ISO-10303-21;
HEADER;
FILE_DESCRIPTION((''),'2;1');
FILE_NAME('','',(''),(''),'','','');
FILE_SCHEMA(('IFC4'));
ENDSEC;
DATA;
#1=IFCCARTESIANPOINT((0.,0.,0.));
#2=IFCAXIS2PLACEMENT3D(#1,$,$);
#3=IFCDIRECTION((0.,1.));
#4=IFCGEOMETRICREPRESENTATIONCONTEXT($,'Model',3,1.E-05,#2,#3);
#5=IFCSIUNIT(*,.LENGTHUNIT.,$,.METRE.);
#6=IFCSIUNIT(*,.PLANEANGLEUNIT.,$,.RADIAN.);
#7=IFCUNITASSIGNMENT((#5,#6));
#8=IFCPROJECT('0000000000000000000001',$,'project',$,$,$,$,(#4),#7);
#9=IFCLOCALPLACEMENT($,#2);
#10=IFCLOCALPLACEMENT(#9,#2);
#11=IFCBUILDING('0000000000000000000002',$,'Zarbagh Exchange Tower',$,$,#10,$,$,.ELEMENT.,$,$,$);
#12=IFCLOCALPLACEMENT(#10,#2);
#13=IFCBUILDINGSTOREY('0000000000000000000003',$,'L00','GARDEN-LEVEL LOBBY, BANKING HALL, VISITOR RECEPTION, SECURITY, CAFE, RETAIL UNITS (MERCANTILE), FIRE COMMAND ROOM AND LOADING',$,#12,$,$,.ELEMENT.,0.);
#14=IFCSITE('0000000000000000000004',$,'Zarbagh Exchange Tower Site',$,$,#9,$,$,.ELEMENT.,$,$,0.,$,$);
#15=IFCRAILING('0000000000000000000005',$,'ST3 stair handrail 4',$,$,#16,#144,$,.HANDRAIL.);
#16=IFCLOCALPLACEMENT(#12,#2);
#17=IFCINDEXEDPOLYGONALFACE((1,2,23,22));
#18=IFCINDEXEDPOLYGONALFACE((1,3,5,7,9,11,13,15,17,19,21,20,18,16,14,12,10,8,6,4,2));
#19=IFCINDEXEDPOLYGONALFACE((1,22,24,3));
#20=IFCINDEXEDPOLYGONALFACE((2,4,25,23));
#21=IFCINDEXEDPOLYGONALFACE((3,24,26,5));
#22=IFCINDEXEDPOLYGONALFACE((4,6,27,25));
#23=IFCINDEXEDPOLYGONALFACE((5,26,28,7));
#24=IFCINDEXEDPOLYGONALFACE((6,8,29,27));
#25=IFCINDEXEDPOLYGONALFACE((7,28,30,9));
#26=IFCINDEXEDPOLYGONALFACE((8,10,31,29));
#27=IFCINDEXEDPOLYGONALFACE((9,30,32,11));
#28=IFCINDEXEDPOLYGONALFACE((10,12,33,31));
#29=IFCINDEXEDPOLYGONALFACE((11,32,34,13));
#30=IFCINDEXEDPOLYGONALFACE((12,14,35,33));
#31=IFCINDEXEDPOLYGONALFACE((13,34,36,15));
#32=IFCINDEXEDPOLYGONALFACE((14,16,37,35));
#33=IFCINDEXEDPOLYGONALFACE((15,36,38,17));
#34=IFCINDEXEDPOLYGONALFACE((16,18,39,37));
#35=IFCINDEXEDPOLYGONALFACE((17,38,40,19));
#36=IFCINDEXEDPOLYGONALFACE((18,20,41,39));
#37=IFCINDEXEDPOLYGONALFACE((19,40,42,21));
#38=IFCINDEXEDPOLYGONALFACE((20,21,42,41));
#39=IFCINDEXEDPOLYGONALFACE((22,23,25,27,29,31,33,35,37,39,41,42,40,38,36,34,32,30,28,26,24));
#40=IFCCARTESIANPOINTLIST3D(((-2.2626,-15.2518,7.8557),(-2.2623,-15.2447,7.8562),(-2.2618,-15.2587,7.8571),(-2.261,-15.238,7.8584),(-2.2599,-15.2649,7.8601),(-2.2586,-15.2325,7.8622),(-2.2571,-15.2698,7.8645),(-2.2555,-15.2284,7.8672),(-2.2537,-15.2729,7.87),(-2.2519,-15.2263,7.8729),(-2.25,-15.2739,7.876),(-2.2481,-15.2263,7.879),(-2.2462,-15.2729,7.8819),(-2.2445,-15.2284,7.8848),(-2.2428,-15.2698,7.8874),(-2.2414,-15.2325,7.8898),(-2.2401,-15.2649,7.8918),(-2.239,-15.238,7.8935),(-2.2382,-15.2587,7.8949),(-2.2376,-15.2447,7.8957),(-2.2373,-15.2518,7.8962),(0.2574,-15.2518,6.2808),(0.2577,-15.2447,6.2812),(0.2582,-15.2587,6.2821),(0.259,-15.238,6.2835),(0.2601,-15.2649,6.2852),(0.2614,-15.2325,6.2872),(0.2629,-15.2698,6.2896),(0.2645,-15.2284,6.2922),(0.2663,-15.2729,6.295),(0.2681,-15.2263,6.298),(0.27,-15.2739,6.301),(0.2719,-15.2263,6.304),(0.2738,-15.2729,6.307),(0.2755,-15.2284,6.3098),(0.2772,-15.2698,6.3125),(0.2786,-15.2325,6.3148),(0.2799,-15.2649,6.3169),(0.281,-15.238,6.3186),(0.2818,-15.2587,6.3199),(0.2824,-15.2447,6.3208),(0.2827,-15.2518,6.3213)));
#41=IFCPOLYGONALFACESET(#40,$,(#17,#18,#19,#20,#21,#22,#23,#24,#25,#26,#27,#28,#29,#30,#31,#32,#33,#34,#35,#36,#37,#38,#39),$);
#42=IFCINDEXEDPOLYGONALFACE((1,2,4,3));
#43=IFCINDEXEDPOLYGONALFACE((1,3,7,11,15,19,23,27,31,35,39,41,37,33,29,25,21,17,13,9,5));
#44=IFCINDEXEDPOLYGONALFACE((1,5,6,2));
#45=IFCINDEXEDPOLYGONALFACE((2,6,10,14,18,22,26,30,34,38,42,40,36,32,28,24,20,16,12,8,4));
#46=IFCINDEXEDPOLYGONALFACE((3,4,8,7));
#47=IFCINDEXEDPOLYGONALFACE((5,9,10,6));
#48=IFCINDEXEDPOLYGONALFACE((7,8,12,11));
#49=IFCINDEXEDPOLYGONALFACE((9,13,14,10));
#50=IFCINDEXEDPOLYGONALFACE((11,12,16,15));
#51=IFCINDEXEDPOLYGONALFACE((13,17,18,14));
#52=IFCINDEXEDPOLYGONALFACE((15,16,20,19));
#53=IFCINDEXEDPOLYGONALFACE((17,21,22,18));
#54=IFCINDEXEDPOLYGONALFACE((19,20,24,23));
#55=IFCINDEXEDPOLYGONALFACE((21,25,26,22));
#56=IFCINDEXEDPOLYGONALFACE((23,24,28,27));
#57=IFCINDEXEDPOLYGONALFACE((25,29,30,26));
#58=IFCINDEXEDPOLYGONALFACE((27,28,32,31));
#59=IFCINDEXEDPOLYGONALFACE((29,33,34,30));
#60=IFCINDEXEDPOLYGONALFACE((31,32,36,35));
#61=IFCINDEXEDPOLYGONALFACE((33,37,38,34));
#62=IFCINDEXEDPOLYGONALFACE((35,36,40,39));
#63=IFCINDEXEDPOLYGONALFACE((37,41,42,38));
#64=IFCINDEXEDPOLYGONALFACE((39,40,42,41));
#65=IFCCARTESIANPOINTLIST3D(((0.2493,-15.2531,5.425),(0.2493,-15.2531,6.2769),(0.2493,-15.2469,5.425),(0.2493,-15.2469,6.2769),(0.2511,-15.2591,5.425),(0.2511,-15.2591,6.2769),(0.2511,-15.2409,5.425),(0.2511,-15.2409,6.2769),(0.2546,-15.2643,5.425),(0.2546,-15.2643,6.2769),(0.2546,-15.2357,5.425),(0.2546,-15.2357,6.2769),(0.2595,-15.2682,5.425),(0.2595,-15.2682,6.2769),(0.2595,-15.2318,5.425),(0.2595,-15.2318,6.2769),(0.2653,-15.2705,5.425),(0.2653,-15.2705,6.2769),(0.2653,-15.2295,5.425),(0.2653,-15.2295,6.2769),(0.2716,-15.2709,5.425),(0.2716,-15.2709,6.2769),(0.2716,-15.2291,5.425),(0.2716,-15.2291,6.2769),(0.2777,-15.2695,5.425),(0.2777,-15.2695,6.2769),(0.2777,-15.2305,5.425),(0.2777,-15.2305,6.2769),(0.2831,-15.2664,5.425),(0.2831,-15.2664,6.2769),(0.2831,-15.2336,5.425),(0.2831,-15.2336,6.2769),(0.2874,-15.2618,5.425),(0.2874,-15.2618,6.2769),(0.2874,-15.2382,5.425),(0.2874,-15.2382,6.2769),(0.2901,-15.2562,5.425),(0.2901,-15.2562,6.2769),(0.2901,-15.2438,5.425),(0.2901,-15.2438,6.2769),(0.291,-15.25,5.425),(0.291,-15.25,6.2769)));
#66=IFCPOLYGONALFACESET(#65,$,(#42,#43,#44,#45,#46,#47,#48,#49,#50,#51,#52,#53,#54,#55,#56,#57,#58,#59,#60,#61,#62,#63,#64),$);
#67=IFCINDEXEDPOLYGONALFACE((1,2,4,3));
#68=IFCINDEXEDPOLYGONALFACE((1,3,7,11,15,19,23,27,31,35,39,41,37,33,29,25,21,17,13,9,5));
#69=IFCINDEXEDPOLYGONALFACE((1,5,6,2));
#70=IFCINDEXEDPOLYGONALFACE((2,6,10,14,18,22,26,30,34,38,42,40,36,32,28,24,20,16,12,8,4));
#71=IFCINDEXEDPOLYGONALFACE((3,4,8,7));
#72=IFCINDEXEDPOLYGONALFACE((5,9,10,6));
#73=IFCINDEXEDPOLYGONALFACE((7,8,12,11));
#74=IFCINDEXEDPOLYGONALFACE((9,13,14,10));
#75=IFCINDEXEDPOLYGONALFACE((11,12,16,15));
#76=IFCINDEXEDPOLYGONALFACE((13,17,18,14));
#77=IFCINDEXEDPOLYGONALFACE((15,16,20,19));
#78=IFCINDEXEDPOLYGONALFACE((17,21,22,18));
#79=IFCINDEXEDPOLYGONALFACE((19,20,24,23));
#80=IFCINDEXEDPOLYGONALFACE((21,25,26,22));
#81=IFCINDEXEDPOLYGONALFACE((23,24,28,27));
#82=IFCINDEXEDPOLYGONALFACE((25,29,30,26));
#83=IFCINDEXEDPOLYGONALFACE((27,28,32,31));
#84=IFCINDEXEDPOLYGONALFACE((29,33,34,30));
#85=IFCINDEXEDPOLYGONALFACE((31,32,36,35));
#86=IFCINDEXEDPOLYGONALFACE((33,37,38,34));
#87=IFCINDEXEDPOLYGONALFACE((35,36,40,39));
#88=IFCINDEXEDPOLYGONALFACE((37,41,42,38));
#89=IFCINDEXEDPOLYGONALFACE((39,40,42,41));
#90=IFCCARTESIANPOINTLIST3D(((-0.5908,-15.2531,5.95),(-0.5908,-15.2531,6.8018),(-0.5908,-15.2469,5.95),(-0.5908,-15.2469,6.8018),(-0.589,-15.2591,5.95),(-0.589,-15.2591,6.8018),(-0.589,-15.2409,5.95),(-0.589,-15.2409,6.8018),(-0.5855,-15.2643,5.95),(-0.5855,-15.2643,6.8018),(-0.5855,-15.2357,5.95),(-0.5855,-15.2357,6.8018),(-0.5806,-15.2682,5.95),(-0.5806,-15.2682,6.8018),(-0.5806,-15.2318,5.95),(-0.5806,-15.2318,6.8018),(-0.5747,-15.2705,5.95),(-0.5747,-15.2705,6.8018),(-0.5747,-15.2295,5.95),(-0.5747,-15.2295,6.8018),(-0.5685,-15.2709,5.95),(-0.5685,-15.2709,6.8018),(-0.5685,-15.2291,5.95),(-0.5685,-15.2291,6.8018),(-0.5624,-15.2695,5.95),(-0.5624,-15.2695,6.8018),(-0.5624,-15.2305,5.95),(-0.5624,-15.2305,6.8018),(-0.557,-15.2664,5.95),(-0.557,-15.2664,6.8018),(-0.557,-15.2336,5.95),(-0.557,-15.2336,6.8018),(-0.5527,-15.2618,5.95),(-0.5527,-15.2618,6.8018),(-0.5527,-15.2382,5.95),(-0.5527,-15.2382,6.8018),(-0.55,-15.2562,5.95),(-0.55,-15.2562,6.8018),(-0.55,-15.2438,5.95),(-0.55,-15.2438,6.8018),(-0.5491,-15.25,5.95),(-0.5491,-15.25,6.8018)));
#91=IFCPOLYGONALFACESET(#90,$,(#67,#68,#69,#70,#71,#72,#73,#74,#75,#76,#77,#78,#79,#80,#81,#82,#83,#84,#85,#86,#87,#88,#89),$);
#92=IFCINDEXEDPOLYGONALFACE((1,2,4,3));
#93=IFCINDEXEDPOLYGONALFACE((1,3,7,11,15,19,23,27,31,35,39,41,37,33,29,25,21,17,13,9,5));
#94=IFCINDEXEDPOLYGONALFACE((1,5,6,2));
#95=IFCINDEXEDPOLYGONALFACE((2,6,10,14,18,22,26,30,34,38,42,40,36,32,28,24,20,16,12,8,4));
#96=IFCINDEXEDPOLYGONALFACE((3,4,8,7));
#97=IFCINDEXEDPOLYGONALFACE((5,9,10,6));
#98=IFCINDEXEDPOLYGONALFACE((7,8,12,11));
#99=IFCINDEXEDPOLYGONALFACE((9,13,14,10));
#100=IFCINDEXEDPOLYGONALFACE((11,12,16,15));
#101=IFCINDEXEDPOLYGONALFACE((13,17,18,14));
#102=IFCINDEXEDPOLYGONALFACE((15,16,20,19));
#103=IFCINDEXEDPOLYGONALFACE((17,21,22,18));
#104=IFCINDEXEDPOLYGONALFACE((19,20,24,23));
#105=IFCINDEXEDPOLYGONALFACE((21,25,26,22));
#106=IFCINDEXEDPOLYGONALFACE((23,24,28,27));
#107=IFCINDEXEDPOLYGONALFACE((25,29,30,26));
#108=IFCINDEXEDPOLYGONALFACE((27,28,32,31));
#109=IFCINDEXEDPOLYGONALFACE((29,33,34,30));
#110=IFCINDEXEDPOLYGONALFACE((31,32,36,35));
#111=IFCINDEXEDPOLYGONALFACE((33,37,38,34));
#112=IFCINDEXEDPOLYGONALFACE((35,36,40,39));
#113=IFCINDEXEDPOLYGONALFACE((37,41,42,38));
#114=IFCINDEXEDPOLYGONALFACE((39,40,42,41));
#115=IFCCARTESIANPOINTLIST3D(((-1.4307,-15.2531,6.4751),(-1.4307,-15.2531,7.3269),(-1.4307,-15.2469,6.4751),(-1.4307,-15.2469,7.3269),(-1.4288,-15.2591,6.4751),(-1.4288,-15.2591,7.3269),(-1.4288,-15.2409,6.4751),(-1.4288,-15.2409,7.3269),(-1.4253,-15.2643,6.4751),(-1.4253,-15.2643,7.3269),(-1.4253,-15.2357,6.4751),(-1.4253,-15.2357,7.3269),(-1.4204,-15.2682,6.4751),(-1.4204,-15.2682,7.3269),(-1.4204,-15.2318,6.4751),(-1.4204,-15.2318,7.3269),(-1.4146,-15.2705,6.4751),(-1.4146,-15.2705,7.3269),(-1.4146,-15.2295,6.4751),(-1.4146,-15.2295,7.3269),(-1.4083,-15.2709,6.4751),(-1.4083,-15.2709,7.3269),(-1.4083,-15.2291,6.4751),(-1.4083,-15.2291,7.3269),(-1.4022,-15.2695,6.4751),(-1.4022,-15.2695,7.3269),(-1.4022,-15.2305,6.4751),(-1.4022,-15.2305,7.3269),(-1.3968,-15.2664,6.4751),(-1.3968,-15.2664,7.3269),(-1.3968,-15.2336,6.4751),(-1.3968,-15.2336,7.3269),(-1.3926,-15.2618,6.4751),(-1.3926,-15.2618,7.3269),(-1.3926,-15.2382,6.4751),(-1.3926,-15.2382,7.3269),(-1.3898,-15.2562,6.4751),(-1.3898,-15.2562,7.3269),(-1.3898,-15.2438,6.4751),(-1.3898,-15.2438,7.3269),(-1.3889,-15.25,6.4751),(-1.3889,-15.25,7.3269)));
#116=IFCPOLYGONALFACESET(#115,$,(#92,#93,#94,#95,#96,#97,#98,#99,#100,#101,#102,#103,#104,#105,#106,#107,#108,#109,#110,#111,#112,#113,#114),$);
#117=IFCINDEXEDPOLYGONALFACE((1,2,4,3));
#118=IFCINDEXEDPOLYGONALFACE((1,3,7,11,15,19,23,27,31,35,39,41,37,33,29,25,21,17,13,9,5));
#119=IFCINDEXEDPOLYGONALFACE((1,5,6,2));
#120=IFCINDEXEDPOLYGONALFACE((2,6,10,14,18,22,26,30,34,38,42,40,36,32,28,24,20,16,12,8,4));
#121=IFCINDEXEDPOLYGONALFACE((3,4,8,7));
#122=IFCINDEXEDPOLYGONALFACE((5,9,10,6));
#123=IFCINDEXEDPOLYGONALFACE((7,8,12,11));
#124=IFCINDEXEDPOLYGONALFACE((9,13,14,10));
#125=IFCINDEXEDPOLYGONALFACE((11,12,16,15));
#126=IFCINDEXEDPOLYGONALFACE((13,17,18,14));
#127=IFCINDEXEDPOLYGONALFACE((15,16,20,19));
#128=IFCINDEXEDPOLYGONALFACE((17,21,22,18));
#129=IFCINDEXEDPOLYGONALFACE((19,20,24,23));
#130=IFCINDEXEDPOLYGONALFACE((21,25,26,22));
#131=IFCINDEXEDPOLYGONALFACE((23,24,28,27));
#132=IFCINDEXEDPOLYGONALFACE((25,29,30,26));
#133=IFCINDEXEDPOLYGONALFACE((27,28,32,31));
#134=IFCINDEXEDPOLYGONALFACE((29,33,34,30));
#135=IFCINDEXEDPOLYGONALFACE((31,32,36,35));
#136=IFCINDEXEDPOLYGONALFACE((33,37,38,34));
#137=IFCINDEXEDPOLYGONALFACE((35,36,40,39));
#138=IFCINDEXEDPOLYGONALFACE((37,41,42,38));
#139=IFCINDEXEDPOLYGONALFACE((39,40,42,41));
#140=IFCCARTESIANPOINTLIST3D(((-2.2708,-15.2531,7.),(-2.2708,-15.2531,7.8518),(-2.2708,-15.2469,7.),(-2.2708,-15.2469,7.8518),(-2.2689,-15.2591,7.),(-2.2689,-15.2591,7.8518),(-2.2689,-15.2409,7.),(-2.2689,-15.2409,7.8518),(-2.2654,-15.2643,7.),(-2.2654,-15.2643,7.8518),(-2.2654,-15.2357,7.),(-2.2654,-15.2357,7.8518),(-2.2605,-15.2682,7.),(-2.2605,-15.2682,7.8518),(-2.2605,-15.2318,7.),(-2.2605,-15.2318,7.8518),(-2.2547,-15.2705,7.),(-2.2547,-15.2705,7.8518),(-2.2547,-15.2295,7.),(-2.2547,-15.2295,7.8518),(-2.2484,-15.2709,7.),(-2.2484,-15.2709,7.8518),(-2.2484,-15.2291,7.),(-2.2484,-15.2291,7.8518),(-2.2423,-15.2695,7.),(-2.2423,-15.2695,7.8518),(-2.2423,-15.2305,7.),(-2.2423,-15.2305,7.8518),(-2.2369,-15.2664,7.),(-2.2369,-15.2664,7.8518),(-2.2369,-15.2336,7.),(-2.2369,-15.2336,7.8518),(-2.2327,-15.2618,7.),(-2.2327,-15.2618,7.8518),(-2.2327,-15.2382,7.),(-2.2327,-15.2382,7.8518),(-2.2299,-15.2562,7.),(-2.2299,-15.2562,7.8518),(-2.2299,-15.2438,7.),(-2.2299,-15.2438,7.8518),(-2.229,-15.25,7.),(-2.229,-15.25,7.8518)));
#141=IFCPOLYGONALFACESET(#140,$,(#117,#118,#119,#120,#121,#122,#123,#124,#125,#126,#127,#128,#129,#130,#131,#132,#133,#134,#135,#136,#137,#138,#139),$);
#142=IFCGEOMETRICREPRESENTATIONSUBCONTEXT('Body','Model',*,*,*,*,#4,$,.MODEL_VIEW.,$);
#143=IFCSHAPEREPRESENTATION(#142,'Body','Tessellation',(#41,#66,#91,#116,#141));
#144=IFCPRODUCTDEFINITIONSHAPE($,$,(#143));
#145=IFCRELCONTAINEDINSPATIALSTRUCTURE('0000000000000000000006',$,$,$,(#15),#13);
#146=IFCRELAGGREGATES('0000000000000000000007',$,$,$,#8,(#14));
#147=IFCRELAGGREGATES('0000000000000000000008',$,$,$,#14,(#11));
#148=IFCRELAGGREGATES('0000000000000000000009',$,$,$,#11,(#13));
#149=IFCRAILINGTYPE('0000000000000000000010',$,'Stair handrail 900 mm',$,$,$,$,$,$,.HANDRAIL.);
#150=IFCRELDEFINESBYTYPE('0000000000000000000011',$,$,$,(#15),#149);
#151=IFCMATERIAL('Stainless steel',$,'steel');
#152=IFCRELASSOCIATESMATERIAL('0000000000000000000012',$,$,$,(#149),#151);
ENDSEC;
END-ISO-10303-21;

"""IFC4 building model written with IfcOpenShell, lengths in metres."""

from ifc_helpers import new_model, si_unit, direction, frame, origin, origin_2d, place, context, subcontext, project, spatial, circle, extrude, material, type_object, element, save


model = new_model("IFC4")

# Units and contexts
model_context = context("Model", 3, precision=1e-05, world=origin(), true_north=direction((0.0, 1.0)))
body_context = subcontext(model_context, "Body", "Model", "MODEL_VIEW")
ifc_project = project(units=[si_unit("LENGTHUNIT", "METRE"), si_unit("PLANEANGLEUNIT", "RADIAN")], contexts=[model_context])

# Site, building, storey
site_placement = place(None, origin())
site = spatial("IfcSite", under=ifc_project, at=site_placement, Name="Zarbagh Exchange Tower Site", CompositionType="ELEMENT", RefElevation=0.0)
building_placement = place(site_placement, origin())
building = spatial("IfcBuilding", under=site, at=building_placement, Name="Zarbagh Exchange Tower", CompositionType="ELEMENT")
storey_placement = place(building_placement, origin())
storey = spatial("IfcBuildingStorey", under=building, at=storey_placement, Name="L00", Description="GARDEN-LEVEL LOBBY, BANKING HALL, VISITOR RECEPTION, SECURITY, CAFE, RETAIL UNITS (MERCANTILE), FIRE COMMAND ROOM AND LOADING", CompositionType="ELEMENT", Elevation=0.0)

# Railing
ifc_material_1 = material(Name="Stainless steel", Category="steel")
railing_type_1 = type_object("IfcRailingType", Name="Stair handrail 900 mm", PredefinedType="HANDRAIL", material=ifc_material_1)
for number, where, name in (
    (1, (0.27, -15.25, 5.425), "ST3 stair handrail 4"),
):
    element("IfcRailing", number, at=place(storey_placement, frame(where)), inside=storey, type_object=railing_type_1, Name=name, PredefinedType="HANDRAIL", context=body_context, shape_type="SweptSolid", body=[
        extrude(circle(Radius=0.0239, at=origin_2d()), frame((0.0, 0.0, 0.876), z_axis=(-0.848008, 0.0, 0.529984), x_axis=(0.0, -1.0, 0.0)), (0.0, 0.0, 1.0), 2.9717),
        extrude(circle(Radius=0.021, at=origin_2d()), origin(), (0.0, 0.0, 1.0), 0.8518),
        extrude(circle(Radius=0.021, at=origin_2d()), frame((-0.8401, 0.0, 0.5249)), (0.0, 0.0, 1.0), 0.8518),
        extrude(circle(Radius=0.021, at=origin_2d()), frame((-1.6799, 0.0, 1.05)), (0.0, 0.0, 1.0), 0.8518),
        extrude(circle(Radius=0.021, at=origin_2d()), frame((-2.52, 0.0, 1.575)), (0.0, 0.0, 1.0), 0.8518),
    ])

save(model, "model.ifc")
